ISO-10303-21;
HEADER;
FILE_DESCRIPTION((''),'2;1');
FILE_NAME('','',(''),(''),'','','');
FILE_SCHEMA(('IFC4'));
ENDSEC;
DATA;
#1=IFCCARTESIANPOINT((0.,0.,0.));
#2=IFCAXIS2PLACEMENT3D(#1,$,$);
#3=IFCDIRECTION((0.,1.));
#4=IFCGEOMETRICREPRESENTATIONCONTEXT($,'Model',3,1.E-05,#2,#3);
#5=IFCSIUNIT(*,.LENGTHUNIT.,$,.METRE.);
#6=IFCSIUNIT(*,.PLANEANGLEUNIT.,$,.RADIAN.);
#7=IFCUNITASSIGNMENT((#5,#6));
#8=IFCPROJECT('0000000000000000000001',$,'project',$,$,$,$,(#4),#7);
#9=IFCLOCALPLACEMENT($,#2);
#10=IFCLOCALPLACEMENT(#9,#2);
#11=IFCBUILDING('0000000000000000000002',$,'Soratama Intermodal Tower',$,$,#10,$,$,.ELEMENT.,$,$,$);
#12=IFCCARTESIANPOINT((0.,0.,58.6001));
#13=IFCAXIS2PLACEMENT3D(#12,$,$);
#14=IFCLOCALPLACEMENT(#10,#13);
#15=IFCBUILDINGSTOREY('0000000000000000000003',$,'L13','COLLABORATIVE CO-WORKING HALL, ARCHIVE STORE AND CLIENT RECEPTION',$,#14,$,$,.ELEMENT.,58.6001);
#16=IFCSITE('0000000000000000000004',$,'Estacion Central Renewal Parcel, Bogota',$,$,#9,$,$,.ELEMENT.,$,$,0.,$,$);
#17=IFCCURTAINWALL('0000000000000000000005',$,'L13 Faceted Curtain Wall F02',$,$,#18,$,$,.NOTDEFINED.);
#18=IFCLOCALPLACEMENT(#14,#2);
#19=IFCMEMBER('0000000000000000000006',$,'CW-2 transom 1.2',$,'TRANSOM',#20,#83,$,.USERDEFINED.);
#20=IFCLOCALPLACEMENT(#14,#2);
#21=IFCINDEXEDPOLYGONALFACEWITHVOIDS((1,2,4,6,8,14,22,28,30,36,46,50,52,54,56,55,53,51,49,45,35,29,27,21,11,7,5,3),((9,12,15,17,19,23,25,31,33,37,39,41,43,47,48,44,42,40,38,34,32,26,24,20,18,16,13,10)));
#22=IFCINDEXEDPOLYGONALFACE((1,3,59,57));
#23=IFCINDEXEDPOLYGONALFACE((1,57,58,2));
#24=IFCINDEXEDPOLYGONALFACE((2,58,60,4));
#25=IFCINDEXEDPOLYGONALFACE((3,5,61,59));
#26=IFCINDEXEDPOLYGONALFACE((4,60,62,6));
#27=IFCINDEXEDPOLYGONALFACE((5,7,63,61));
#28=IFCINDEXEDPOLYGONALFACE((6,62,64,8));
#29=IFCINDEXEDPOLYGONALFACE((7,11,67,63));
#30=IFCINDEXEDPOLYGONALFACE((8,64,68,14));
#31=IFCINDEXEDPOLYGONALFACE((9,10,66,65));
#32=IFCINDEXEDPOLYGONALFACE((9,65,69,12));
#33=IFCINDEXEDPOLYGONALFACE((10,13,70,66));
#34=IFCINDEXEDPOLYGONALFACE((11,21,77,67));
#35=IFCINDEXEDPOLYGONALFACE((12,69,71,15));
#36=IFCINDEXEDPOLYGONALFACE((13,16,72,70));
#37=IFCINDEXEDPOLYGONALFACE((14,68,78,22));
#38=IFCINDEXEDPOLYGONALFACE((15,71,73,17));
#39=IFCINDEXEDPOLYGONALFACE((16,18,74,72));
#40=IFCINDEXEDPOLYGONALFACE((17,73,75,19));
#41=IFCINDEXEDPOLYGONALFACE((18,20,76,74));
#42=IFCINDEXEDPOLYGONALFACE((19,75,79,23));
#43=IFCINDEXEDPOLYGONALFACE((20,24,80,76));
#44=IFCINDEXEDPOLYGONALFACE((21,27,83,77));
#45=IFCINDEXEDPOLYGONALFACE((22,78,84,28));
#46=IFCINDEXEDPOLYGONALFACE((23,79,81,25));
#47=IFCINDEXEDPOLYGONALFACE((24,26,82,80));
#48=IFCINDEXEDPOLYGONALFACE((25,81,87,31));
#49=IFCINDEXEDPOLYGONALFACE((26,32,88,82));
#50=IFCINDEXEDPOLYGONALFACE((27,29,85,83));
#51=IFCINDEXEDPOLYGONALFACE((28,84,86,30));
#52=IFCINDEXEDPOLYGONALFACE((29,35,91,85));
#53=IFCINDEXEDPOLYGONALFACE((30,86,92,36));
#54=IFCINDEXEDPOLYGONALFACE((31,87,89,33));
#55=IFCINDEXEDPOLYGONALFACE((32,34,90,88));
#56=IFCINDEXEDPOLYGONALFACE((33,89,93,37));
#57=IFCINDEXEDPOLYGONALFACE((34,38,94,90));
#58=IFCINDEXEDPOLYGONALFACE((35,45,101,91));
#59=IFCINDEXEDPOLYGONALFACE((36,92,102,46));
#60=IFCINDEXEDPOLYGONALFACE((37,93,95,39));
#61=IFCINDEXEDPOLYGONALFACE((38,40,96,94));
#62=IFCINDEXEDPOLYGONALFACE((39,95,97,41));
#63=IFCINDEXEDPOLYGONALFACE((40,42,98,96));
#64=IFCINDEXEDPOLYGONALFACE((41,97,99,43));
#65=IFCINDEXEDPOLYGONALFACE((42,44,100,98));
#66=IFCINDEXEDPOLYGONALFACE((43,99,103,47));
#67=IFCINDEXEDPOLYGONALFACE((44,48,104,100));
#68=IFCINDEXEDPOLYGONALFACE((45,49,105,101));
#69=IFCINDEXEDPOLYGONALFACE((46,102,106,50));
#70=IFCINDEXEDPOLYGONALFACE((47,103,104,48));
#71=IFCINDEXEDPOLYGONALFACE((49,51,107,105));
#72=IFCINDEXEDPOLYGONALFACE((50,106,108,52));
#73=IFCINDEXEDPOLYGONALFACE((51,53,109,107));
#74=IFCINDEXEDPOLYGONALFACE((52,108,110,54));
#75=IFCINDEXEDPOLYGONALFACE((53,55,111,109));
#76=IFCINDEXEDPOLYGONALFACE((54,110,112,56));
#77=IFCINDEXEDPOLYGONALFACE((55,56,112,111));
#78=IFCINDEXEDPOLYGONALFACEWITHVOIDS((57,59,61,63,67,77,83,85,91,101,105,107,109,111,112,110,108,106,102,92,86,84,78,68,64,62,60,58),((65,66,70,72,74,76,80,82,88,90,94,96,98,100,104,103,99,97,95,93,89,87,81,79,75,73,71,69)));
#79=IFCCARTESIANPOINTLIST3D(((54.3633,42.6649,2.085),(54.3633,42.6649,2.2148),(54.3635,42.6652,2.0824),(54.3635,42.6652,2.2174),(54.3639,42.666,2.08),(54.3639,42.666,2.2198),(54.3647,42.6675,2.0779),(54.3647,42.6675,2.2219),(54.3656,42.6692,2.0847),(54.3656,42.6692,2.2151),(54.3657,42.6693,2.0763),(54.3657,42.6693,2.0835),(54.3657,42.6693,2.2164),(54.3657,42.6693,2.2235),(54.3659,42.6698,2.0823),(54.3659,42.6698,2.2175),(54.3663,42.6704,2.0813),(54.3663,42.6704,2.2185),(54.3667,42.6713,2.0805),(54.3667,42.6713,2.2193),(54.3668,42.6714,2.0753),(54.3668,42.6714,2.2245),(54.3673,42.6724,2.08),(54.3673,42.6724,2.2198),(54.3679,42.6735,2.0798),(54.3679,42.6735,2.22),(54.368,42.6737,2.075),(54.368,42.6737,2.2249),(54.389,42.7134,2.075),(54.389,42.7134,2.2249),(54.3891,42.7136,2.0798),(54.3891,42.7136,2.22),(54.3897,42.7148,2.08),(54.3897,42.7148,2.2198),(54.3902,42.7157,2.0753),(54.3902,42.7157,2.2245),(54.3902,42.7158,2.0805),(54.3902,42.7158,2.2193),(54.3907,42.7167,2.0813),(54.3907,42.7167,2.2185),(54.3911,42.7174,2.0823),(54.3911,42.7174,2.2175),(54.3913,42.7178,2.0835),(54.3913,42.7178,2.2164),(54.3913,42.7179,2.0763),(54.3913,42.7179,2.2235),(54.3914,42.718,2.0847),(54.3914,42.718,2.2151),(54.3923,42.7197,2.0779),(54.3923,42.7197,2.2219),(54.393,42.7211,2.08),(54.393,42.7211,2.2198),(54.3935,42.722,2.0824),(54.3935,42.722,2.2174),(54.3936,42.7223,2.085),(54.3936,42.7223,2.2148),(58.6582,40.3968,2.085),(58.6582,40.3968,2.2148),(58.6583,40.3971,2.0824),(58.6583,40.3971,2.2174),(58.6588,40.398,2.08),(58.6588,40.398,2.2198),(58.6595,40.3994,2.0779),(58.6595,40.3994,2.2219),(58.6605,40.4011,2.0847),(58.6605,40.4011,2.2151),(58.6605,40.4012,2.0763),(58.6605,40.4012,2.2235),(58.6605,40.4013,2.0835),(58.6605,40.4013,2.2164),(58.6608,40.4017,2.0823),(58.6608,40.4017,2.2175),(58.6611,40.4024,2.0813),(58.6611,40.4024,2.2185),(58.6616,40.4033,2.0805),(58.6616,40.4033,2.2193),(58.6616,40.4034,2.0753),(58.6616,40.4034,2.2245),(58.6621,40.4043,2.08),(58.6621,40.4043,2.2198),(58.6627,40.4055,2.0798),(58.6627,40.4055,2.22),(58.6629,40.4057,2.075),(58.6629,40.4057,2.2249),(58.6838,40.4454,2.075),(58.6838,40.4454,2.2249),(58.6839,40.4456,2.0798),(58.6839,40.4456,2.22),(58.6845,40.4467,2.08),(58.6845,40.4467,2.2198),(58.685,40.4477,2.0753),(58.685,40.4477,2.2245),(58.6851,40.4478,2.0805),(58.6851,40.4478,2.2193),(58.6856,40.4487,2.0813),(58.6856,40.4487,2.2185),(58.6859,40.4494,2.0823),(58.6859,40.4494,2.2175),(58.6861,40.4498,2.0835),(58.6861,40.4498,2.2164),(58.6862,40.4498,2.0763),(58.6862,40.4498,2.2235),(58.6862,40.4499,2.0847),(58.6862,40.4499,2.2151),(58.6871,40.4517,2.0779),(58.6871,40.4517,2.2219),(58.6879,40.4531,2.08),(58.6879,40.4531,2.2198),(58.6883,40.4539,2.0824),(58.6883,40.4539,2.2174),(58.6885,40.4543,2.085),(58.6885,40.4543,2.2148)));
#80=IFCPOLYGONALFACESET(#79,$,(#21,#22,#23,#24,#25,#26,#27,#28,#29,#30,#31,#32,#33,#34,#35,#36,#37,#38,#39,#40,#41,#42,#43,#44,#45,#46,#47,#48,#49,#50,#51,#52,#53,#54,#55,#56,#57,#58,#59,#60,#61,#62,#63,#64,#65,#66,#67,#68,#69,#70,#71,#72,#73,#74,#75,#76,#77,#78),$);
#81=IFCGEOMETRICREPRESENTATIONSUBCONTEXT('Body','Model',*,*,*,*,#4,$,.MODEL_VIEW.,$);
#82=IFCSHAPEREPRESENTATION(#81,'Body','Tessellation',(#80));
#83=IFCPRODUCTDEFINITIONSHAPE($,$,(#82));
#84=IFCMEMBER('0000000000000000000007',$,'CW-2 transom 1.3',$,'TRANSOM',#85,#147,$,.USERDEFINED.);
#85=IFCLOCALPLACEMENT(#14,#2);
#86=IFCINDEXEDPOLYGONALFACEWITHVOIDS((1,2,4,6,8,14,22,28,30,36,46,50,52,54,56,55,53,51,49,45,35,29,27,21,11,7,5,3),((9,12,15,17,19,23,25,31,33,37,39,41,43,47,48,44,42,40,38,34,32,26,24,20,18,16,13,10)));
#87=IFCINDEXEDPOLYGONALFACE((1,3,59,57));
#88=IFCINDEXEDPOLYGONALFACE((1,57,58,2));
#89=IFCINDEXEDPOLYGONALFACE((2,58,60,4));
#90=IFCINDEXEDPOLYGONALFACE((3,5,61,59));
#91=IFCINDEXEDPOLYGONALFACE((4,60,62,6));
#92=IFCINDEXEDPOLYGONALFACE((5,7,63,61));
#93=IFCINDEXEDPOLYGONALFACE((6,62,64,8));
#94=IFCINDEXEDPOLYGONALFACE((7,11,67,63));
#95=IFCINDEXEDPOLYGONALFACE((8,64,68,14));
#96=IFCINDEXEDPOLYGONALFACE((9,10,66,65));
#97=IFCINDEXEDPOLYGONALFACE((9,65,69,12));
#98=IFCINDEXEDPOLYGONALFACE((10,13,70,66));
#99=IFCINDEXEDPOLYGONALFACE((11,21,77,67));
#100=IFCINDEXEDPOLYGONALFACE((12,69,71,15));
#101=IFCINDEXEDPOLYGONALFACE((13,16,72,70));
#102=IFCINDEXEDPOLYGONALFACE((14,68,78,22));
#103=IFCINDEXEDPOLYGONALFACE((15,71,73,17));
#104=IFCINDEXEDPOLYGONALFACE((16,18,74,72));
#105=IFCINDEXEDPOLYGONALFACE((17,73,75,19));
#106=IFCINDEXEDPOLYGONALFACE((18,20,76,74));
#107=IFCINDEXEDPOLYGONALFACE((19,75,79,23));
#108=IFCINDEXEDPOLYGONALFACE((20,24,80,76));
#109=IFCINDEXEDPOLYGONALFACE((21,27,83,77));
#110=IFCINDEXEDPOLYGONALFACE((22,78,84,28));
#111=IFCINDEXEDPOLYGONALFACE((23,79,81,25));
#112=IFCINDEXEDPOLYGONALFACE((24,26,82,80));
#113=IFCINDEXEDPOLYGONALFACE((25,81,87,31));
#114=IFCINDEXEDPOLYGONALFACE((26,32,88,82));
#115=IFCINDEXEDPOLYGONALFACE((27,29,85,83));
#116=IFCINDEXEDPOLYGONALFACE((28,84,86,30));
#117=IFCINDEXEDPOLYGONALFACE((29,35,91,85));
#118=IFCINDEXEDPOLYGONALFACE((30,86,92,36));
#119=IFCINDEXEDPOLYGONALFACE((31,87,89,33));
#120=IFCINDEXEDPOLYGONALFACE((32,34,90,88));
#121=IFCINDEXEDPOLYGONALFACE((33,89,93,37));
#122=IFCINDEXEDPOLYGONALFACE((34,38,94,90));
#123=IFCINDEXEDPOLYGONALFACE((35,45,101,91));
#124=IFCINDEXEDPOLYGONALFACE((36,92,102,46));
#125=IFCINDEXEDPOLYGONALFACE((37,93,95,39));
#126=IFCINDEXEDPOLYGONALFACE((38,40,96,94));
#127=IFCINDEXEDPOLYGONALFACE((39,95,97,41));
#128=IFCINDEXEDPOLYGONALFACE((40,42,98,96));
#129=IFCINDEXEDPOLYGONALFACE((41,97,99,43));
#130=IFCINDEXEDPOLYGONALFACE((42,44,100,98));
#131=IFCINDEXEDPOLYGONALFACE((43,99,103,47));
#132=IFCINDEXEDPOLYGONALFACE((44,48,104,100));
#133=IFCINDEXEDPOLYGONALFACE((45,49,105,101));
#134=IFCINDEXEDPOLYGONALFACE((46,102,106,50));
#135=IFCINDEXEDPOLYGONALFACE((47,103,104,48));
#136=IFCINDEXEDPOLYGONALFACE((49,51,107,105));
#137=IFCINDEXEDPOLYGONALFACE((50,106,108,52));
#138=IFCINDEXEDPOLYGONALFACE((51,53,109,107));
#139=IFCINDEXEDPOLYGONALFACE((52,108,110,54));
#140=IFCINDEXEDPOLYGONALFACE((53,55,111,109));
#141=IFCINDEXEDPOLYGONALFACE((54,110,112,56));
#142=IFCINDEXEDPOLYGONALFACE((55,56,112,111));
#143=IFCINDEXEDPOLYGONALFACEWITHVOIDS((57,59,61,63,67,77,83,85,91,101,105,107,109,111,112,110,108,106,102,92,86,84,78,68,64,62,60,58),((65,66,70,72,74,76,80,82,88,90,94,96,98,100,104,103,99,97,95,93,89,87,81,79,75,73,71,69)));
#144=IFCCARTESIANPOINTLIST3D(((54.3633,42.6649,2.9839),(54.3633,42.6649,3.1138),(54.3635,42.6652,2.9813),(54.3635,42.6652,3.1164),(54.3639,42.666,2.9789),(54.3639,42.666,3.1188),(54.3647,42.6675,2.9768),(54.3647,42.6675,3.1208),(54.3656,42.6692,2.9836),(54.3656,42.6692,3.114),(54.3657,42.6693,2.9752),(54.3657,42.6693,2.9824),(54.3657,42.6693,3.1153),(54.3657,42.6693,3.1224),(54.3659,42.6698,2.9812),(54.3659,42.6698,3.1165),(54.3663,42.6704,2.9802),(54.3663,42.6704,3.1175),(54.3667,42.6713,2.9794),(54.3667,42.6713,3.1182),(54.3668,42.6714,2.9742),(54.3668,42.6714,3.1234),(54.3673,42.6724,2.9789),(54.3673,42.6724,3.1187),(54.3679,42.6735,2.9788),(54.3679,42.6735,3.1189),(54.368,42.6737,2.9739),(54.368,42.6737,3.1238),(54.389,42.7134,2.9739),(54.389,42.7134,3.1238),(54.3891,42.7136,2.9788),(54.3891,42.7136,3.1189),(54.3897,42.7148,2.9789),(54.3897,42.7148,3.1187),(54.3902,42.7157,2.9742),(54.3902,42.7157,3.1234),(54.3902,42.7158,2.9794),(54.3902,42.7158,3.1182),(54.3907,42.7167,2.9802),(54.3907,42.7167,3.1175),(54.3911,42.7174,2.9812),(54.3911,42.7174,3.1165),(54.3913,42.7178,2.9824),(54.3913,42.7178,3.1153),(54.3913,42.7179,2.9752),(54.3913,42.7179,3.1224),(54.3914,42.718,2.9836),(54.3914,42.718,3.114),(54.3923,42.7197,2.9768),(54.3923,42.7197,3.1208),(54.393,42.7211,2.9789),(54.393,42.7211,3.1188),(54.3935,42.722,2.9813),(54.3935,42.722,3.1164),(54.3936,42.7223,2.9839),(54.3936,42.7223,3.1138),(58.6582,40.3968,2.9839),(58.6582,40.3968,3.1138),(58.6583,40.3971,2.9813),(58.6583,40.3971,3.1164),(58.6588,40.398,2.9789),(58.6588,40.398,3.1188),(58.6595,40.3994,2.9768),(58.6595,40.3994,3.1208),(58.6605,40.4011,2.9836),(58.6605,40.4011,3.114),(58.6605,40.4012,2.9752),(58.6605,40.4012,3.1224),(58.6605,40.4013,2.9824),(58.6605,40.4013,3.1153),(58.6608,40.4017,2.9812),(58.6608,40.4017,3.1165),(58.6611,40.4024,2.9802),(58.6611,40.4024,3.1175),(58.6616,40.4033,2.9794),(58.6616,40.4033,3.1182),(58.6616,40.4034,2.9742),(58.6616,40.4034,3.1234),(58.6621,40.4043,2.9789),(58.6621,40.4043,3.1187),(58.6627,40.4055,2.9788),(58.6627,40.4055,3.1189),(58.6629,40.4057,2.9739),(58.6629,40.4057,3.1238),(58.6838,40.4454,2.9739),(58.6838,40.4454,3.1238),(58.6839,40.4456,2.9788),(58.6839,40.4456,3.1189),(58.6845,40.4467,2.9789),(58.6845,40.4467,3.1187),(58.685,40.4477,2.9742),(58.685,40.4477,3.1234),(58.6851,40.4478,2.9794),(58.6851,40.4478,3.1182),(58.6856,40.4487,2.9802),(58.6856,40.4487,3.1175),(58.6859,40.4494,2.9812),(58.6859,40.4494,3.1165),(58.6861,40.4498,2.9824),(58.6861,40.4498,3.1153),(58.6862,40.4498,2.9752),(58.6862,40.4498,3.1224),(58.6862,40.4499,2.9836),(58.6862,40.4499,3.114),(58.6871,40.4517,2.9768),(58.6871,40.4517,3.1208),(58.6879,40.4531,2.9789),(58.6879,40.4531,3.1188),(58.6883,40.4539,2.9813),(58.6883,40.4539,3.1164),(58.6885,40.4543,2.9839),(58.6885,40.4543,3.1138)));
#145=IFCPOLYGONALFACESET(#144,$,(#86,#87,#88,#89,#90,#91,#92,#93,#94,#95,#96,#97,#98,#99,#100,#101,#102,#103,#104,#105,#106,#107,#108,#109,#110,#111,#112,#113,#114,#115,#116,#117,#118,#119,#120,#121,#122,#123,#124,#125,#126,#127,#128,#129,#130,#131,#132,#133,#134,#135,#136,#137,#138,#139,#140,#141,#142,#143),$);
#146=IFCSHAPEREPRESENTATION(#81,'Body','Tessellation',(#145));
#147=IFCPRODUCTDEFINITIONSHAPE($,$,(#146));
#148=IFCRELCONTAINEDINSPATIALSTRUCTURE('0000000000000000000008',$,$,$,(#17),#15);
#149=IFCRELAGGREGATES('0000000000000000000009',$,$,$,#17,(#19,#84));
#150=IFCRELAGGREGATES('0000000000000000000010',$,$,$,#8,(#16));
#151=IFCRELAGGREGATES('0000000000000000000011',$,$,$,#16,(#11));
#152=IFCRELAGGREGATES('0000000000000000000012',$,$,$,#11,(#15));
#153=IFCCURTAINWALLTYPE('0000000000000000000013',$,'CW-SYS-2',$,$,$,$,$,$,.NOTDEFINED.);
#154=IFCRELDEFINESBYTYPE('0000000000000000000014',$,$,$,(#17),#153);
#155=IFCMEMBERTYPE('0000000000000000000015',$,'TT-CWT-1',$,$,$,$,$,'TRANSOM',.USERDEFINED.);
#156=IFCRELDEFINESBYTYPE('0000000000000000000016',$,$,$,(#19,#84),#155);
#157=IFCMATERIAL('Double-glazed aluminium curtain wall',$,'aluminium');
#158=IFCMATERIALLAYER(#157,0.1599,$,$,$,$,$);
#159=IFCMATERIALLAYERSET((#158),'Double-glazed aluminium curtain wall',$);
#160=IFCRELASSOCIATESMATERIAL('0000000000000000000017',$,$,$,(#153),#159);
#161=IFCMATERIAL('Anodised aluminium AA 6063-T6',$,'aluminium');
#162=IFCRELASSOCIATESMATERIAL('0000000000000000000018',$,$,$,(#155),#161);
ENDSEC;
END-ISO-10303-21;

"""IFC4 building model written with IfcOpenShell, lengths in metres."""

from ifc_helpers import new_model, si_unit, direction, frame, origin, origin_2d, place, context, subcontext, project, spatial, hollow_rectangle, extrude, material, layer, layer_set, material_profile, profile_set, type_object, element, aggregate, save


model = new_model("IFC4")

# Units and contexts
model_context = context("Model", 3, precision=1e-05, world=origin(), true_north=direction((0.0, 1.0)))
body_context = subcontext(model_context, "Body", "Model", "MODEL_VIEW")
ifc_project = project(units=[si_unit("LENGTHUNIT", "METRE"), si_unit("PLANEANGLEUNIT", "RADIAN")], contexts=[model_context])

# Site, building, storey
site_placement = place(None, origin())
site = spatial("IfcSite", under=ifc_project, at=site_placement, Name="Estacion Central Renewal Parcel, Bogota", CompositionType="ELEMENT", RefElevation=0.0)
building_placement = place(site_placement, origin())
building = spatial("IfcBuilding", under=site, at=building_placement, Name="Soratama Intermodal Tower", CompositionType="ELEMENT")
storey_placement = place(building_placement, frame((0.0, 0.0, 58.6001)))
storey = spatial("IfcBuildingStorey", under=building, at=storey_placement, Name="L13", Description="COLLABORATIVE CO-WORKING HALL, ARCHIVE STORE AND CLIENT RECEPTION", CompositionType="ELEMENT", Elevation=58.6001)

# Shared definitions
ifc_material_1 = material(Name="Double-glazed aluminium curtain wall", Category="aluminium")
ifc_layer_1 = layer(ifc_material_1, 0.1599)
ifc_layer_set_1 = layer_set([ifc_layer_1], Name="Double-glazed aluminium curtain wall")
curtain_wall_type = type_object("IfcCurtainWallType", Name="CW-SYS-2", PredefinedType="NOTDEFINED", material=ifc_layer_set_1)

# Curtain wall, members
curtain_wall_1_placement = place(storey_placement, origin())
curtain_wall_1 = element("IfcCurtainWall", 1, at=curtain_wall_1_placement, inside=storey, type_object=curtain_wall_type, Name="L13 Faceted Curtain Wall F02", PredefinedType="NOTDEFINED")
ifc_material_2 = material(Name="Anodised aluminium AA 6063-T6", Category="aluminium")
ifc_material_profile_1 = material_profile(ifc_material_2, hollow_rectangle(XDim=0.0649, YDim=0.1499, WallThickness=0.0049, InnerFilletRadius=0.0049, OuterFilletRadius=0.01, at=origin_2d()), Name="CWT150X65X5")
ifc_profile_set_1 = profile_set([ifc_material_profile_1], Name="Anodised aluminium AA 6063-T6")
member_type_1 = type_object("IfcMemberType", Name="TT-CWT-1", ElementType="TRANSOM", PredefinedType="USERDEFINED", material=ifc_profile_set_1)
member_1_placement = place(storey_placement, frame((58.6733, 40.4255, 2.1499), z_axis=(-0.884274, 0.466968, 0.0), x_axis=(-0.466968, -0.884274, 0.0)))
member_1 = element("IfcMember", 2, at=member_1_placement, type_object=member_type_1, Name="CW-2 transom 1.2", ObjectType="TRANSOM", PredefinedType="USERDEFINED", context=body_context, shape_type="SweptSolid", body=[
    extrude(hollow_rectangle(XDim=0.0649, YDim=0.1499, WallThickness=0.0049, InnerFilletRadius=0.0049, OuterFilletRadius=0.01, at=origin_2d()), origin(), (0.0, 0.0, 1.0), 4.8569),
])
member_2_placement = place(storey_placement, frame((58.6733, 40.4255, 3.0488), z_axis=(-0.884274, 0.466968, 0.0), x_axis=(-0.466968, -0.884274, 0.0)))
member_2 = element("IfcMember", 3, at=member_2_placement, type_object=member_type_1, Name="CW-2 transom 1.3", ObjectType="TRANSOM", PredefinedType="USERDEFINED", context=body_context, shape_type="SweptSolid", body=[
    extrude(hollow_rectangle(XDim=0.0649, YDim=0.1499, WallThickness=0.0049, InnerFilletRadius=0.0049, OuterFilletRadius=0.01, at=origin_2d()), origin(), (0.0, 0.0, 1.0), 4.8569),
])

aggregate(curtain_wall_1, [member_1, member_2])

save(model, "model.ifc")
